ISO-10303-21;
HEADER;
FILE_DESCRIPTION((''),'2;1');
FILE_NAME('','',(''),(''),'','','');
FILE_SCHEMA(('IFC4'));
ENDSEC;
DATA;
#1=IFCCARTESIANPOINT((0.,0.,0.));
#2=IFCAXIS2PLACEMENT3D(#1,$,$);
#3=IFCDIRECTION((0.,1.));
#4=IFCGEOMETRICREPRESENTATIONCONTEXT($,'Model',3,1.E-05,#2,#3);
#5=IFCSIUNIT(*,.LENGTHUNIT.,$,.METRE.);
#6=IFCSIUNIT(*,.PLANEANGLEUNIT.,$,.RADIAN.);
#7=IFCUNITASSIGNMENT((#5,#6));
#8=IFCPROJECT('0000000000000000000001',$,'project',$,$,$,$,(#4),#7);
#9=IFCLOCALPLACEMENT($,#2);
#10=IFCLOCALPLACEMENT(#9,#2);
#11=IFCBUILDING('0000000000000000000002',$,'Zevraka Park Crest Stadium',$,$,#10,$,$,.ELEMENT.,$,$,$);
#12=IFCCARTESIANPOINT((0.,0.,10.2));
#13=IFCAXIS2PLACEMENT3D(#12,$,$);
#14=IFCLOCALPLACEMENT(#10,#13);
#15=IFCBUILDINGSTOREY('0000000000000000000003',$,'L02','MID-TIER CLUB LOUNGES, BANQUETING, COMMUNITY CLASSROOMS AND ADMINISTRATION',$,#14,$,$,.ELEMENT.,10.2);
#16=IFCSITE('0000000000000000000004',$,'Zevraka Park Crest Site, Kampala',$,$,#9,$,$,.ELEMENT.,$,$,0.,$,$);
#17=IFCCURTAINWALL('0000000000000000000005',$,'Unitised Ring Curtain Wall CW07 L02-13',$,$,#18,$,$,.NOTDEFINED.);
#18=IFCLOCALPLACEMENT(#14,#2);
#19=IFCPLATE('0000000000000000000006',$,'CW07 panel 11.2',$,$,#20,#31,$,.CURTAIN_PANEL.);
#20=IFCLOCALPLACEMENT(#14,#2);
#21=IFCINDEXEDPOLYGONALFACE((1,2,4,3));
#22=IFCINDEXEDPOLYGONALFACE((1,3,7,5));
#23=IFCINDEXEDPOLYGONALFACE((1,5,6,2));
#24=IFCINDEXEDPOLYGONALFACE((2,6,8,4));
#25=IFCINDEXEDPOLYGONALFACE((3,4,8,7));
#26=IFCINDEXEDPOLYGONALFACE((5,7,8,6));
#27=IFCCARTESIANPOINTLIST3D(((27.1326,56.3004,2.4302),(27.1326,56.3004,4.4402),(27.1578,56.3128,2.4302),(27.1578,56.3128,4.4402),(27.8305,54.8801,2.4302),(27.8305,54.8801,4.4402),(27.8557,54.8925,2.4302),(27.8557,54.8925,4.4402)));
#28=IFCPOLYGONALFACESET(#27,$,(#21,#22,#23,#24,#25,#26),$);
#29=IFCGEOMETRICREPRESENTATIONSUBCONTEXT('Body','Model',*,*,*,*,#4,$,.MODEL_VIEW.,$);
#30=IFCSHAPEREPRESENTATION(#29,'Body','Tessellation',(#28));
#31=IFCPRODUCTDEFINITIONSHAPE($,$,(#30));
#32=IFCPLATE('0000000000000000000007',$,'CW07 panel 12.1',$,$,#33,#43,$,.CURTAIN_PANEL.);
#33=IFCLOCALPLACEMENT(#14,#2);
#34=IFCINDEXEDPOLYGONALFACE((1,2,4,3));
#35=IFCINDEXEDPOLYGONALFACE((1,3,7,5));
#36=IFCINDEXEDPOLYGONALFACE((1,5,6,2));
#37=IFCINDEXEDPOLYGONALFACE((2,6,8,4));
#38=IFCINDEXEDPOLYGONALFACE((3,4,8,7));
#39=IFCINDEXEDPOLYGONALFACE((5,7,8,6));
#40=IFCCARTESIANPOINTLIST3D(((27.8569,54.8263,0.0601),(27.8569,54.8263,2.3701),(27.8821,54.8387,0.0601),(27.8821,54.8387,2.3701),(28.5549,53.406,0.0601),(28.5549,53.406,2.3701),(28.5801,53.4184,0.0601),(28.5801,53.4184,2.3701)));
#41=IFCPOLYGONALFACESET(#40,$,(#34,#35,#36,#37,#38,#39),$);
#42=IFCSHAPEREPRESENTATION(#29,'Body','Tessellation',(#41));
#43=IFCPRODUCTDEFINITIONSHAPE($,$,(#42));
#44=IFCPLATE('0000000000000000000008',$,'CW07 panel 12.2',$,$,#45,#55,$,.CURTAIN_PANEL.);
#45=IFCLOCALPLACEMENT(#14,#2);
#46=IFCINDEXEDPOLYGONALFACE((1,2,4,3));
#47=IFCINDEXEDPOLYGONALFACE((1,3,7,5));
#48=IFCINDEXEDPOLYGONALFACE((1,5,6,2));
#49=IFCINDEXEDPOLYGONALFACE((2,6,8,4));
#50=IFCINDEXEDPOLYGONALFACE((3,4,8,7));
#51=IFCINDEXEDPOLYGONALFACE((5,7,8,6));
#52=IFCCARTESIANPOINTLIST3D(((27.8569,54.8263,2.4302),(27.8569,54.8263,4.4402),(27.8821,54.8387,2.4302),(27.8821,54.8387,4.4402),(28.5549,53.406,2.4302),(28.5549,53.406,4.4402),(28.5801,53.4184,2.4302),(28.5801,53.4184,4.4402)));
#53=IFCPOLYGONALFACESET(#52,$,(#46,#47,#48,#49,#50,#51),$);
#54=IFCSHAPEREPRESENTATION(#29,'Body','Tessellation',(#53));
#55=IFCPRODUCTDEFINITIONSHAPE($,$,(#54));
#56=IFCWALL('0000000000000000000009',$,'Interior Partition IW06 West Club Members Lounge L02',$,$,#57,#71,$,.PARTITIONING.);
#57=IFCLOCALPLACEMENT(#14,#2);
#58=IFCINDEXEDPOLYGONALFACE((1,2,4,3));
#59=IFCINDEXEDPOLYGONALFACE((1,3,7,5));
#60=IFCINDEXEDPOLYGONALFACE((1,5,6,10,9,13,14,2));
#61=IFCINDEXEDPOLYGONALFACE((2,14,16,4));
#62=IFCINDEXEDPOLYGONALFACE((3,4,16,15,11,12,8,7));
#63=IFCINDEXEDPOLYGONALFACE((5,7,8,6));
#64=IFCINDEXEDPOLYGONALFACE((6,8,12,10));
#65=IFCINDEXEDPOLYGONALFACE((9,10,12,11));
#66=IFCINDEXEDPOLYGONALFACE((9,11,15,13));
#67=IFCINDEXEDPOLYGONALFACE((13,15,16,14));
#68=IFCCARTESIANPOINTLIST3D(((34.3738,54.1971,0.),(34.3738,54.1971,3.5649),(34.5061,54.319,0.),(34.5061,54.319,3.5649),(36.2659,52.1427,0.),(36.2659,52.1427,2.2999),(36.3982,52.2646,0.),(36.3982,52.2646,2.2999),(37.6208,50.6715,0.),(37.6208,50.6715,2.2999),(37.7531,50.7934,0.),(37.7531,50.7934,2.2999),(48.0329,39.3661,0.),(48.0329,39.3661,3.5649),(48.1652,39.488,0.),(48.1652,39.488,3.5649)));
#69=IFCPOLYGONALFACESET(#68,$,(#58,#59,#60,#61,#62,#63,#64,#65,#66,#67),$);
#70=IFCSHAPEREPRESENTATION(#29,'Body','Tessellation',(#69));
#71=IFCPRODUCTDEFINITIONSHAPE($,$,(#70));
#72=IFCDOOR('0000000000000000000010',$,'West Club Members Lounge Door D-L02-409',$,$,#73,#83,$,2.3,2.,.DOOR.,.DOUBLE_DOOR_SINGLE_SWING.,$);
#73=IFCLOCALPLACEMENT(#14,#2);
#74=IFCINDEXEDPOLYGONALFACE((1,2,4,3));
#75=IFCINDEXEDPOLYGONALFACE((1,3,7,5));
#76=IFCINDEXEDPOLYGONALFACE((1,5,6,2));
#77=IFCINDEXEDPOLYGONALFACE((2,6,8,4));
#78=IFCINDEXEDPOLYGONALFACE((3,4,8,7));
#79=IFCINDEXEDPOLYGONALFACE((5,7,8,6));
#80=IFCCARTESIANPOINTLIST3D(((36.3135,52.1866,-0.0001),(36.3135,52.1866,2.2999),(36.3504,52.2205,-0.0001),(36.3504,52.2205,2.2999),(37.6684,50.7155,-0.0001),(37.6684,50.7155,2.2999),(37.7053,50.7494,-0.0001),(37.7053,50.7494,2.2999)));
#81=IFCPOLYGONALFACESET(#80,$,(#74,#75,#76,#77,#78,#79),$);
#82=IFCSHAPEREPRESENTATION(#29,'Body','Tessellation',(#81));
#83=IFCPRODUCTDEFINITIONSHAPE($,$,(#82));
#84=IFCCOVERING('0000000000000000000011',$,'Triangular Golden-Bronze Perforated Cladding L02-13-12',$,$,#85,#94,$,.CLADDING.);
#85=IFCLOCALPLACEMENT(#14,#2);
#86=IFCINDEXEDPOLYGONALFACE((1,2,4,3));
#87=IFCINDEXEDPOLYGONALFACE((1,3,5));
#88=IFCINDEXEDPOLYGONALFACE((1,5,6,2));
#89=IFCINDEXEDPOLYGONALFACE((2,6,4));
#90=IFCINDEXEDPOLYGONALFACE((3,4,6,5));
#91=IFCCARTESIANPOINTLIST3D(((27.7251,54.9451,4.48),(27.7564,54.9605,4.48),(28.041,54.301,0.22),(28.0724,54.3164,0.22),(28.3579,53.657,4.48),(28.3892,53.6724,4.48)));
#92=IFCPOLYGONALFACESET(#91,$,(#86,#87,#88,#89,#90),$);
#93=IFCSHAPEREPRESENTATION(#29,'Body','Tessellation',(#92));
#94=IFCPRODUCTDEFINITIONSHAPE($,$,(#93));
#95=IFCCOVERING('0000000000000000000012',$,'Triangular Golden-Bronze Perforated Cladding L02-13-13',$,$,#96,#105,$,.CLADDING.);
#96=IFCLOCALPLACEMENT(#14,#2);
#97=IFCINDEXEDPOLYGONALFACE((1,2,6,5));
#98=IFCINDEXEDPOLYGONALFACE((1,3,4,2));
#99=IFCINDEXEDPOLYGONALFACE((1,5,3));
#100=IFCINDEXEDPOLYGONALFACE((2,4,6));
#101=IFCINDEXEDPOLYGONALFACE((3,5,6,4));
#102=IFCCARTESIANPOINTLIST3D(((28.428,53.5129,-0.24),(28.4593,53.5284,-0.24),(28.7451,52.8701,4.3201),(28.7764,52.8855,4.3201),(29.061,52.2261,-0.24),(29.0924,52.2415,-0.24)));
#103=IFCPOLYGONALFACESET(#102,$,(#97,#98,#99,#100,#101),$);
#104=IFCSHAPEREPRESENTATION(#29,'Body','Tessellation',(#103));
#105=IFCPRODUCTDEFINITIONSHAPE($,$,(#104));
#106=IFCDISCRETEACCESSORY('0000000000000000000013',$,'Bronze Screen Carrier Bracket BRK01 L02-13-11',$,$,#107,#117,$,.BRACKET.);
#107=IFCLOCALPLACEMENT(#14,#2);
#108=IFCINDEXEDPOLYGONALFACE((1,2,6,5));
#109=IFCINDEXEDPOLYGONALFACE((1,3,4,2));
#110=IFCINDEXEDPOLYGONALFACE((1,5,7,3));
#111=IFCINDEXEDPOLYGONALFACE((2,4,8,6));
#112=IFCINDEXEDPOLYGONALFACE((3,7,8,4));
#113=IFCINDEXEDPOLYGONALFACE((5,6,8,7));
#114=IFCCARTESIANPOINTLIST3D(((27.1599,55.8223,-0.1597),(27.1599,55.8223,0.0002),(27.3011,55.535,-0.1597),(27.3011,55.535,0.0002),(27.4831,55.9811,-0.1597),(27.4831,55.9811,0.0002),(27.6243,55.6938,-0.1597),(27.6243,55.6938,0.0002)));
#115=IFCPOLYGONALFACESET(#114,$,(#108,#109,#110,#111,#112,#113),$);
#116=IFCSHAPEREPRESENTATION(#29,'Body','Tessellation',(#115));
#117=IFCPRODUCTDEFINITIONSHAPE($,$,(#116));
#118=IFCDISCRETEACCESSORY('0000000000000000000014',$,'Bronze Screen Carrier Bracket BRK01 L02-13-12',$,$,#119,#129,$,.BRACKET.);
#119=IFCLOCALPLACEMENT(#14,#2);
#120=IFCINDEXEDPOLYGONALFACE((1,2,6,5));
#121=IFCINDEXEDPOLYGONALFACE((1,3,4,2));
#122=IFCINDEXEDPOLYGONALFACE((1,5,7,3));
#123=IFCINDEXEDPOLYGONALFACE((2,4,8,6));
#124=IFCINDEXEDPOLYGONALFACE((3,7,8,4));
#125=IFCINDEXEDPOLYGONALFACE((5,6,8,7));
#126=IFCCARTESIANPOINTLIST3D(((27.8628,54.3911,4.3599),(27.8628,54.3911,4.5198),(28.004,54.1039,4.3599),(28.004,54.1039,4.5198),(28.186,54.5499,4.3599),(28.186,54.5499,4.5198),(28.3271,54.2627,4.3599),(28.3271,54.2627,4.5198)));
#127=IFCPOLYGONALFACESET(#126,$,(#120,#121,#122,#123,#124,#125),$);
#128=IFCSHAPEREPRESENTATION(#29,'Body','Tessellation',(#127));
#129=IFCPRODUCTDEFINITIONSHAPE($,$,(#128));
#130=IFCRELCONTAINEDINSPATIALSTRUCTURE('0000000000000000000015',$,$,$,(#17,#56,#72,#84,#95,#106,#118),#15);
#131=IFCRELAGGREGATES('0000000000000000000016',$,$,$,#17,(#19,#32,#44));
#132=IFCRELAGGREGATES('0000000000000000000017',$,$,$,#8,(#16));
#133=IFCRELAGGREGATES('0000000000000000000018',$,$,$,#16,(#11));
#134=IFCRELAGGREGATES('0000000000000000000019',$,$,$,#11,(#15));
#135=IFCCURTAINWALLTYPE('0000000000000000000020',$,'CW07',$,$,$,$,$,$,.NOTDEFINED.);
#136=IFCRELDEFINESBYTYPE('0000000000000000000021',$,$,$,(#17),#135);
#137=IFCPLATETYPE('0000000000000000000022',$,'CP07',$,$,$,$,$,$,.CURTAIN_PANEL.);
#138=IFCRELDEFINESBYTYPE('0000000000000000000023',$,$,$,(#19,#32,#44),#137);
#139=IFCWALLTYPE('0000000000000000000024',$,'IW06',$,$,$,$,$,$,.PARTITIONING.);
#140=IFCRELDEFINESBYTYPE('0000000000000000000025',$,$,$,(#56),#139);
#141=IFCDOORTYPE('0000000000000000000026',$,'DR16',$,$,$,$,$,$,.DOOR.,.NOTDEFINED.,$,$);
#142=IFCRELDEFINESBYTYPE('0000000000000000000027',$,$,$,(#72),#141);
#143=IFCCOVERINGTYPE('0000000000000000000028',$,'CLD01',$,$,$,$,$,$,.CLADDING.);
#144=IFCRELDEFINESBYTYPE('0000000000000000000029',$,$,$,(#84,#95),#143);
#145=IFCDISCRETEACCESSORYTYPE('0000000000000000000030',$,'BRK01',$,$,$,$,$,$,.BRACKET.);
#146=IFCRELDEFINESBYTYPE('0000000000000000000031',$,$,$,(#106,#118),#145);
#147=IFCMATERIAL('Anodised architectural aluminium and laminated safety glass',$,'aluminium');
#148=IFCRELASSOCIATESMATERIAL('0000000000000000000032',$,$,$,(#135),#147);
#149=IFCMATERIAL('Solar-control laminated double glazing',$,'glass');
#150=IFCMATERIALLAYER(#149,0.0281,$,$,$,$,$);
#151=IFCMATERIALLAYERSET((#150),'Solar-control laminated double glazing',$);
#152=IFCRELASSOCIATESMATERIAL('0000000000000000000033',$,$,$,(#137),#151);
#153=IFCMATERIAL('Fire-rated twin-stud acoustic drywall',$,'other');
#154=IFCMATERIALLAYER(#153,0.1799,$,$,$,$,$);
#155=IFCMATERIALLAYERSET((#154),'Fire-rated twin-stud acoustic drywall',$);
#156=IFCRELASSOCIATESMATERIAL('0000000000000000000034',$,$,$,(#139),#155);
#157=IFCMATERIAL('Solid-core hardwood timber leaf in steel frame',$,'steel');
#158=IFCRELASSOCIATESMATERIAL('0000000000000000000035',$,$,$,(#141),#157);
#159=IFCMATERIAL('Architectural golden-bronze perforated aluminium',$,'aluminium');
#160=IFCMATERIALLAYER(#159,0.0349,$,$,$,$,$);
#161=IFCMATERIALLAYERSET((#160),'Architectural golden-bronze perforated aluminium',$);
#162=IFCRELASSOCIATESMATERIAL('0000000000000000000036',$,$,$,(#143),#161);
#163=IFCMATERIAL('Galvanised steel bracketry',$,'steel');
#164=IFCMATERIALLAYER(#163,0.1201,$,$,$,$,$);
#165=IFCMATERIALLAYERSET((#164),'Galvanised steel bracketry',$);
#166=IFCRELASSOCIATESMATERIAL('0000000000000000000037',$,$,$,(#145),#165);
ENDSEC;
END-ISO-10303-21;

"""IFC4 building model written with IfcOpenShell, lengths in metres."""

from ifc_helpers import new_model, si_unit, direction, frame, frame_2d, origin, origin_2d, place, context, subcontext, project, spatial, polyline, rectangle, outline, extrude, material, layer, layer_set, type_object, element, fill, aggregate, save


model = new_model("IFC4")

# Units and contexts
model_context = context("Model", 3, precision=1e-05, world=origin(), true_north=direction((0.0, 1.0)))
body_context = subcontext(model_context, "Body", "Model", "MODEL_VIEW")
ifc_project = project(units=[si_unit("LENGTHUNIT", "METRE"), si_unit("PLANEANGLEUNIT", "RADIAN")], contexts=[model_context])

# Site, building, storey
site_placement = place(None, origin())
site = spatial("IfcSite", under=ifc_project, at=site_placement, Name="Zevraka Park Crest Site, Kampala", CompositionType="ELEMENT", RefElevation=0.0)
building_placement = place(site_placement, origin())
building = spatial("IfcBuilding", under=site, at=building_placement, Name="Zevraka Park Crest Stadium", CompositionType="ELEMENT")
storey_placement = place(building_placement, frame((0.0, 0.0, 10.2)))
storey = spatial("IfcBuildingStorey", under=building, at=storey_placement, Name="L02", Description="MID-TIER CLUB LOUNGES, BANQUETING, COMMUNITY CLASSROOMS AND ADMINISTRATION", CompositionType="ELEMENT", Elevation=10.2)

# Curtain wall
ifc_material_1 = material(Name="Anodised architectural aluminium and laminated safety glass", Category="aluminium")
curtain_wall_type = type_object("IfcCurtainWallType", Name="CW07", PredefinedType="NOTDEFINED", material=ifc_material_1)
curtain_wall_placement = place(storey_placement, origin())
curtain_wall = element("IfcCurtainWall", 1, at=curtain_wall_placement, inside=storey, type_object=curtain_wall_type, Name="Unitised Ring Curtain Wall CW07 L02-13", PredefinedType="NOTDEFINED")

# Plates
ifc_material_2 = material(Name="Solar-control laminated double glazing", Category="glass")
ifc_layer_1 = layer(ifc_material_2, 0.0281)
ifc_layer_set_1 = layer_set([ifc_layer_1], Name="Solar-control laminated double glazing")
plate_type = type_object("IfcPlateType", Name="CP07", PredefinedType="CURTAIN_PANEL", material=ifc_layer_set_1)
plate_1_placement = place(storey_placement, frame((27.4941, 55.5964, 2.4302), z_axis=(0.0, 0.0, 1.0), x_axis=(0.441021, -0.897497, 0.0)))
plate_1 = element("IfcPlate", 2, at=plate_1_placement, type_object=plate_type, Name="CW07 panel 11.2", PredefinedType="CURTAIN_PANEL", context=body_context, shape_type="SweptSolid", body=[
    extrude(rectangle(XDim=1.5825, YDim=0.0281, at=origin_2d()), origin(), (0.0, 0.0, 1.0), 2.01),
])
plate_2_placement = place(storey_placement, frame((28.2185, 54.1223, 0.0601), z_axis=(0.0, 0.0, 1.0), x_axis=(0.441021, -0.897497, 0.0)))
plate_2 = element("IfcPlate", 3, at=plate_2_placement, type_object=plate_type, Name="CW07 panel 12.1", PredefinedType="CURTAIN_PANEL", context=body_context, shape_type="SweptSolid", body=[
    extrude(rectangle(XDim=1.5825, YDim=0.0281, at=origin_2d()), origin(), (0.0, 0.0, 1.0), 2.3101),
])
plate_3_placement = place(storey_placement, frame((28.2185, 54.1223, 2.4302), z_axis=(0.0, 0.0, 1.0), x_axis=(0.441021, -0.897497, 0.0)))
plate_3 = element("IfcPlate", 4, at=plate_3_placement, type_object=plate_type, Name="CW07 panel 12.2", PredefinedType="CURTAIN_PANEL", context=body_context, shape_type="SweptSolid", body=[
    extrude(rectangle(XDim=1.5825, YDim=0.0281, at=origin_2d()), origin(), (0.0, 0.0, 1.0), 2.01),
])
aggregate(curtain_wall, [plate_1, plate_2, plate_3])

# Wall, opening, door
ifc_material_3 = material(Name="Fire-rated twin-stud acoustic drywall", Category="other")
ifc_layer_2 = layer(ifc_material_3, 0.1799)
ifc_layer_set_2 = layer_set([ifc_layer_2], Name="Fire-rated twin-stud acoustic drywall")
wall_type = type_object("IfcWallType", Name="IW06", PredefinedType="PARTITIONING", material=ifc_layer_set_2)
wall_placement = place(storey_placement, frame((34.4399, 54.2581, 0.0), z_axis=(0.0, 0.0, 1.0), x_axis=(0.677449, -0.73557, 0.0)))
wall = element("IfcWall", 5, at=wall_placement, inside=storey, type_object=wall_type, Name="Interior Partition IW06 West Club Members Lounge L02", PredefinedType="PARTITIONING", context=body_context, shape_type="SweptSolid", body=[
    extrude(rectangle(XDim=20.1626, YDim=0.1799, at=frame_2d((10.0813, 0.0))), origin(), (0.0, 0.0, 1.0), 3.5649),
])
opening_placement = place(wall_placement, frame((2.793, 0.0, 0.0)))
opening = element("IfcOpeningElement", 6, at=opening_placement, cuts=wall, PredefinedType="OPENING", context=body_context, shape_type="SweptSolid", body=[
    extrude(rectangle(XDim=2.0, YDim=2.3, at=frame_2d((1.0, 1.1499))), frame((0.0, 0.0999, 0.0), z_axis=(0.0, -1.0, 0.0), x_axis=(1.0, 0.0, 0.0)), (0.0, 0.0, 1.0), 0.2),
])
ifc_material_4 = material(Name="Solid-core hardwood timber leaf in steel frame", Category="steel")
door_type = type_object("IfcDoorType", Name="DR16", OperationType="NOTDEFINED", PredefinedType="DOOR", material=ifc_material_4)
door_placement = place(opening_placement, origin())
door = element("IfcDoor", 7, at=door_placement, inside=storey, type_object=door_type, Name="West Club Members Lounge Door D-L02-409", OperationType="DOUBLE_DOOR_SINGLE_SWING", OverallHeight=2.3, OverallWidth=2.0, PredefinedType="DOOR", context=body_context, shape_type="SweptSolid", body=[
    extrude(rectangle(XDim=2.0, YDim=2.3, at=frame_2d((1.0, 1.1499))), frame((0.0, 0.0249, 0.0), z_axis=(0.0, -1.0, 0.0), x_axis=(1.0, 0.0, 0.0)), (0.0, 0.0, 1.0), 0.05),
])
fill(opening, door)

# Coverings
ifc_material_5 = material(Name="Architectural golden-bronze perforated aluminium", Category="aluminium")
ifc_layer_3 = layer(ifc_material_5, 0.0349)
ifc_layer_set_3 = layer_set([ifc_layer_3], Name="Architectural golden-bronze perforated aluminium")
covering_type = type_object("IfcCoveringType", Name="CLD01", PredefinedType="CLADDING", material=ifc_layer_set_3)
covering_1_placement = place(storey_placement, frame((28.3579, 53.657, 4.48), z_axis=(-0.897535, -0.440942, 0.000103), x_axis=(-0.440942, 0.897535, 0.0)))
element("IfcCovering", 8, at=covering_1_placement, inside=storey, type_object=covering_type, Name="Triangular Golden-Bronze Perforated Cladding L02-13-12", PredefinedType="CLADDING", context=body_context, shape_type="SweptSolid", body=[
    extrude(outline(polyline([(0.0, 0.0), (1.4351, 0.0), (0.7178, 4.26), (0.0, 0.0)])), origin(), (0.0, 0.0, -1.0), 0.0349),
])
covering_2_placement = place(storey_placement, frame((28.428, 53.5129, -0.24), z_axis=(-0.897302, -0.441416, 0.000179), x_axis=(0.441416, -0.897302, 0.0)))
element("IfcCovering", 9, at=covering_2_placement, inside=storey, type_object=covering_type, Name="Triangular Golden-Bronze Perforated Cladding L02-13-13", PredefinedType="CLADDING", context=body_context, shape_type="SweptSolid", body=[
    extrude(outline(polyline([(0.0, 0.0), (1.4341, 0.0), (0.7168, 4.5601), (0.0, 0.0)])), origin(), (0.0, 0.0, -1.0), 0.0349),
])

# Discrete accessories
ifc_material_6 = material(Name="Galvanised steel bracketry", Category="steel")
ifc_layer_4 = layer(ifc_material_6, 0.1201)
ifc_layer_set_4 = layer_set([ifc_layer_4], Name="Galvanised steel bracketry")
discrete_accessory_type = type_object("IfcDiscreteAccessoryType", Name="BRK01", PredefinedType="BRACKET", material=ifc_layer_set_4)
for number, where, z_axis, x_axis, name in (
    (10, (27.3921, 55.7581, -0.1597), (0.0, 0.0, 1.0), (0.441036, -0.897489, 0.0), "Bronze Screen Carrier Bracket BRK01 L02-13-11"),
    (11, (28.095, 54.3269, 4.3599), (0.0, 0.0, 1.0), (0.441036, -0.897489, 0.0), "Bronze Screen Carrier Bracket BRK01 L02-13-12"),
):
    element("IfcDiscreteAccessory", number, at=place(storey_placement, frame(where, z_axis=z_axis, x_axis=x_axis)), inside=storey, type_object=discrete_accessory_type, Name=name, PredefinedType="BRACKET", context=body_context, shape_type="SweptSolid", body=[
        extrude(rectangle(XDim=0.3201, YDim=0.3601, at=origin_2d()), origin(), (0.0, 0.0, 1.0), 0.1599),
    ])

save(model, "model.ifc")
